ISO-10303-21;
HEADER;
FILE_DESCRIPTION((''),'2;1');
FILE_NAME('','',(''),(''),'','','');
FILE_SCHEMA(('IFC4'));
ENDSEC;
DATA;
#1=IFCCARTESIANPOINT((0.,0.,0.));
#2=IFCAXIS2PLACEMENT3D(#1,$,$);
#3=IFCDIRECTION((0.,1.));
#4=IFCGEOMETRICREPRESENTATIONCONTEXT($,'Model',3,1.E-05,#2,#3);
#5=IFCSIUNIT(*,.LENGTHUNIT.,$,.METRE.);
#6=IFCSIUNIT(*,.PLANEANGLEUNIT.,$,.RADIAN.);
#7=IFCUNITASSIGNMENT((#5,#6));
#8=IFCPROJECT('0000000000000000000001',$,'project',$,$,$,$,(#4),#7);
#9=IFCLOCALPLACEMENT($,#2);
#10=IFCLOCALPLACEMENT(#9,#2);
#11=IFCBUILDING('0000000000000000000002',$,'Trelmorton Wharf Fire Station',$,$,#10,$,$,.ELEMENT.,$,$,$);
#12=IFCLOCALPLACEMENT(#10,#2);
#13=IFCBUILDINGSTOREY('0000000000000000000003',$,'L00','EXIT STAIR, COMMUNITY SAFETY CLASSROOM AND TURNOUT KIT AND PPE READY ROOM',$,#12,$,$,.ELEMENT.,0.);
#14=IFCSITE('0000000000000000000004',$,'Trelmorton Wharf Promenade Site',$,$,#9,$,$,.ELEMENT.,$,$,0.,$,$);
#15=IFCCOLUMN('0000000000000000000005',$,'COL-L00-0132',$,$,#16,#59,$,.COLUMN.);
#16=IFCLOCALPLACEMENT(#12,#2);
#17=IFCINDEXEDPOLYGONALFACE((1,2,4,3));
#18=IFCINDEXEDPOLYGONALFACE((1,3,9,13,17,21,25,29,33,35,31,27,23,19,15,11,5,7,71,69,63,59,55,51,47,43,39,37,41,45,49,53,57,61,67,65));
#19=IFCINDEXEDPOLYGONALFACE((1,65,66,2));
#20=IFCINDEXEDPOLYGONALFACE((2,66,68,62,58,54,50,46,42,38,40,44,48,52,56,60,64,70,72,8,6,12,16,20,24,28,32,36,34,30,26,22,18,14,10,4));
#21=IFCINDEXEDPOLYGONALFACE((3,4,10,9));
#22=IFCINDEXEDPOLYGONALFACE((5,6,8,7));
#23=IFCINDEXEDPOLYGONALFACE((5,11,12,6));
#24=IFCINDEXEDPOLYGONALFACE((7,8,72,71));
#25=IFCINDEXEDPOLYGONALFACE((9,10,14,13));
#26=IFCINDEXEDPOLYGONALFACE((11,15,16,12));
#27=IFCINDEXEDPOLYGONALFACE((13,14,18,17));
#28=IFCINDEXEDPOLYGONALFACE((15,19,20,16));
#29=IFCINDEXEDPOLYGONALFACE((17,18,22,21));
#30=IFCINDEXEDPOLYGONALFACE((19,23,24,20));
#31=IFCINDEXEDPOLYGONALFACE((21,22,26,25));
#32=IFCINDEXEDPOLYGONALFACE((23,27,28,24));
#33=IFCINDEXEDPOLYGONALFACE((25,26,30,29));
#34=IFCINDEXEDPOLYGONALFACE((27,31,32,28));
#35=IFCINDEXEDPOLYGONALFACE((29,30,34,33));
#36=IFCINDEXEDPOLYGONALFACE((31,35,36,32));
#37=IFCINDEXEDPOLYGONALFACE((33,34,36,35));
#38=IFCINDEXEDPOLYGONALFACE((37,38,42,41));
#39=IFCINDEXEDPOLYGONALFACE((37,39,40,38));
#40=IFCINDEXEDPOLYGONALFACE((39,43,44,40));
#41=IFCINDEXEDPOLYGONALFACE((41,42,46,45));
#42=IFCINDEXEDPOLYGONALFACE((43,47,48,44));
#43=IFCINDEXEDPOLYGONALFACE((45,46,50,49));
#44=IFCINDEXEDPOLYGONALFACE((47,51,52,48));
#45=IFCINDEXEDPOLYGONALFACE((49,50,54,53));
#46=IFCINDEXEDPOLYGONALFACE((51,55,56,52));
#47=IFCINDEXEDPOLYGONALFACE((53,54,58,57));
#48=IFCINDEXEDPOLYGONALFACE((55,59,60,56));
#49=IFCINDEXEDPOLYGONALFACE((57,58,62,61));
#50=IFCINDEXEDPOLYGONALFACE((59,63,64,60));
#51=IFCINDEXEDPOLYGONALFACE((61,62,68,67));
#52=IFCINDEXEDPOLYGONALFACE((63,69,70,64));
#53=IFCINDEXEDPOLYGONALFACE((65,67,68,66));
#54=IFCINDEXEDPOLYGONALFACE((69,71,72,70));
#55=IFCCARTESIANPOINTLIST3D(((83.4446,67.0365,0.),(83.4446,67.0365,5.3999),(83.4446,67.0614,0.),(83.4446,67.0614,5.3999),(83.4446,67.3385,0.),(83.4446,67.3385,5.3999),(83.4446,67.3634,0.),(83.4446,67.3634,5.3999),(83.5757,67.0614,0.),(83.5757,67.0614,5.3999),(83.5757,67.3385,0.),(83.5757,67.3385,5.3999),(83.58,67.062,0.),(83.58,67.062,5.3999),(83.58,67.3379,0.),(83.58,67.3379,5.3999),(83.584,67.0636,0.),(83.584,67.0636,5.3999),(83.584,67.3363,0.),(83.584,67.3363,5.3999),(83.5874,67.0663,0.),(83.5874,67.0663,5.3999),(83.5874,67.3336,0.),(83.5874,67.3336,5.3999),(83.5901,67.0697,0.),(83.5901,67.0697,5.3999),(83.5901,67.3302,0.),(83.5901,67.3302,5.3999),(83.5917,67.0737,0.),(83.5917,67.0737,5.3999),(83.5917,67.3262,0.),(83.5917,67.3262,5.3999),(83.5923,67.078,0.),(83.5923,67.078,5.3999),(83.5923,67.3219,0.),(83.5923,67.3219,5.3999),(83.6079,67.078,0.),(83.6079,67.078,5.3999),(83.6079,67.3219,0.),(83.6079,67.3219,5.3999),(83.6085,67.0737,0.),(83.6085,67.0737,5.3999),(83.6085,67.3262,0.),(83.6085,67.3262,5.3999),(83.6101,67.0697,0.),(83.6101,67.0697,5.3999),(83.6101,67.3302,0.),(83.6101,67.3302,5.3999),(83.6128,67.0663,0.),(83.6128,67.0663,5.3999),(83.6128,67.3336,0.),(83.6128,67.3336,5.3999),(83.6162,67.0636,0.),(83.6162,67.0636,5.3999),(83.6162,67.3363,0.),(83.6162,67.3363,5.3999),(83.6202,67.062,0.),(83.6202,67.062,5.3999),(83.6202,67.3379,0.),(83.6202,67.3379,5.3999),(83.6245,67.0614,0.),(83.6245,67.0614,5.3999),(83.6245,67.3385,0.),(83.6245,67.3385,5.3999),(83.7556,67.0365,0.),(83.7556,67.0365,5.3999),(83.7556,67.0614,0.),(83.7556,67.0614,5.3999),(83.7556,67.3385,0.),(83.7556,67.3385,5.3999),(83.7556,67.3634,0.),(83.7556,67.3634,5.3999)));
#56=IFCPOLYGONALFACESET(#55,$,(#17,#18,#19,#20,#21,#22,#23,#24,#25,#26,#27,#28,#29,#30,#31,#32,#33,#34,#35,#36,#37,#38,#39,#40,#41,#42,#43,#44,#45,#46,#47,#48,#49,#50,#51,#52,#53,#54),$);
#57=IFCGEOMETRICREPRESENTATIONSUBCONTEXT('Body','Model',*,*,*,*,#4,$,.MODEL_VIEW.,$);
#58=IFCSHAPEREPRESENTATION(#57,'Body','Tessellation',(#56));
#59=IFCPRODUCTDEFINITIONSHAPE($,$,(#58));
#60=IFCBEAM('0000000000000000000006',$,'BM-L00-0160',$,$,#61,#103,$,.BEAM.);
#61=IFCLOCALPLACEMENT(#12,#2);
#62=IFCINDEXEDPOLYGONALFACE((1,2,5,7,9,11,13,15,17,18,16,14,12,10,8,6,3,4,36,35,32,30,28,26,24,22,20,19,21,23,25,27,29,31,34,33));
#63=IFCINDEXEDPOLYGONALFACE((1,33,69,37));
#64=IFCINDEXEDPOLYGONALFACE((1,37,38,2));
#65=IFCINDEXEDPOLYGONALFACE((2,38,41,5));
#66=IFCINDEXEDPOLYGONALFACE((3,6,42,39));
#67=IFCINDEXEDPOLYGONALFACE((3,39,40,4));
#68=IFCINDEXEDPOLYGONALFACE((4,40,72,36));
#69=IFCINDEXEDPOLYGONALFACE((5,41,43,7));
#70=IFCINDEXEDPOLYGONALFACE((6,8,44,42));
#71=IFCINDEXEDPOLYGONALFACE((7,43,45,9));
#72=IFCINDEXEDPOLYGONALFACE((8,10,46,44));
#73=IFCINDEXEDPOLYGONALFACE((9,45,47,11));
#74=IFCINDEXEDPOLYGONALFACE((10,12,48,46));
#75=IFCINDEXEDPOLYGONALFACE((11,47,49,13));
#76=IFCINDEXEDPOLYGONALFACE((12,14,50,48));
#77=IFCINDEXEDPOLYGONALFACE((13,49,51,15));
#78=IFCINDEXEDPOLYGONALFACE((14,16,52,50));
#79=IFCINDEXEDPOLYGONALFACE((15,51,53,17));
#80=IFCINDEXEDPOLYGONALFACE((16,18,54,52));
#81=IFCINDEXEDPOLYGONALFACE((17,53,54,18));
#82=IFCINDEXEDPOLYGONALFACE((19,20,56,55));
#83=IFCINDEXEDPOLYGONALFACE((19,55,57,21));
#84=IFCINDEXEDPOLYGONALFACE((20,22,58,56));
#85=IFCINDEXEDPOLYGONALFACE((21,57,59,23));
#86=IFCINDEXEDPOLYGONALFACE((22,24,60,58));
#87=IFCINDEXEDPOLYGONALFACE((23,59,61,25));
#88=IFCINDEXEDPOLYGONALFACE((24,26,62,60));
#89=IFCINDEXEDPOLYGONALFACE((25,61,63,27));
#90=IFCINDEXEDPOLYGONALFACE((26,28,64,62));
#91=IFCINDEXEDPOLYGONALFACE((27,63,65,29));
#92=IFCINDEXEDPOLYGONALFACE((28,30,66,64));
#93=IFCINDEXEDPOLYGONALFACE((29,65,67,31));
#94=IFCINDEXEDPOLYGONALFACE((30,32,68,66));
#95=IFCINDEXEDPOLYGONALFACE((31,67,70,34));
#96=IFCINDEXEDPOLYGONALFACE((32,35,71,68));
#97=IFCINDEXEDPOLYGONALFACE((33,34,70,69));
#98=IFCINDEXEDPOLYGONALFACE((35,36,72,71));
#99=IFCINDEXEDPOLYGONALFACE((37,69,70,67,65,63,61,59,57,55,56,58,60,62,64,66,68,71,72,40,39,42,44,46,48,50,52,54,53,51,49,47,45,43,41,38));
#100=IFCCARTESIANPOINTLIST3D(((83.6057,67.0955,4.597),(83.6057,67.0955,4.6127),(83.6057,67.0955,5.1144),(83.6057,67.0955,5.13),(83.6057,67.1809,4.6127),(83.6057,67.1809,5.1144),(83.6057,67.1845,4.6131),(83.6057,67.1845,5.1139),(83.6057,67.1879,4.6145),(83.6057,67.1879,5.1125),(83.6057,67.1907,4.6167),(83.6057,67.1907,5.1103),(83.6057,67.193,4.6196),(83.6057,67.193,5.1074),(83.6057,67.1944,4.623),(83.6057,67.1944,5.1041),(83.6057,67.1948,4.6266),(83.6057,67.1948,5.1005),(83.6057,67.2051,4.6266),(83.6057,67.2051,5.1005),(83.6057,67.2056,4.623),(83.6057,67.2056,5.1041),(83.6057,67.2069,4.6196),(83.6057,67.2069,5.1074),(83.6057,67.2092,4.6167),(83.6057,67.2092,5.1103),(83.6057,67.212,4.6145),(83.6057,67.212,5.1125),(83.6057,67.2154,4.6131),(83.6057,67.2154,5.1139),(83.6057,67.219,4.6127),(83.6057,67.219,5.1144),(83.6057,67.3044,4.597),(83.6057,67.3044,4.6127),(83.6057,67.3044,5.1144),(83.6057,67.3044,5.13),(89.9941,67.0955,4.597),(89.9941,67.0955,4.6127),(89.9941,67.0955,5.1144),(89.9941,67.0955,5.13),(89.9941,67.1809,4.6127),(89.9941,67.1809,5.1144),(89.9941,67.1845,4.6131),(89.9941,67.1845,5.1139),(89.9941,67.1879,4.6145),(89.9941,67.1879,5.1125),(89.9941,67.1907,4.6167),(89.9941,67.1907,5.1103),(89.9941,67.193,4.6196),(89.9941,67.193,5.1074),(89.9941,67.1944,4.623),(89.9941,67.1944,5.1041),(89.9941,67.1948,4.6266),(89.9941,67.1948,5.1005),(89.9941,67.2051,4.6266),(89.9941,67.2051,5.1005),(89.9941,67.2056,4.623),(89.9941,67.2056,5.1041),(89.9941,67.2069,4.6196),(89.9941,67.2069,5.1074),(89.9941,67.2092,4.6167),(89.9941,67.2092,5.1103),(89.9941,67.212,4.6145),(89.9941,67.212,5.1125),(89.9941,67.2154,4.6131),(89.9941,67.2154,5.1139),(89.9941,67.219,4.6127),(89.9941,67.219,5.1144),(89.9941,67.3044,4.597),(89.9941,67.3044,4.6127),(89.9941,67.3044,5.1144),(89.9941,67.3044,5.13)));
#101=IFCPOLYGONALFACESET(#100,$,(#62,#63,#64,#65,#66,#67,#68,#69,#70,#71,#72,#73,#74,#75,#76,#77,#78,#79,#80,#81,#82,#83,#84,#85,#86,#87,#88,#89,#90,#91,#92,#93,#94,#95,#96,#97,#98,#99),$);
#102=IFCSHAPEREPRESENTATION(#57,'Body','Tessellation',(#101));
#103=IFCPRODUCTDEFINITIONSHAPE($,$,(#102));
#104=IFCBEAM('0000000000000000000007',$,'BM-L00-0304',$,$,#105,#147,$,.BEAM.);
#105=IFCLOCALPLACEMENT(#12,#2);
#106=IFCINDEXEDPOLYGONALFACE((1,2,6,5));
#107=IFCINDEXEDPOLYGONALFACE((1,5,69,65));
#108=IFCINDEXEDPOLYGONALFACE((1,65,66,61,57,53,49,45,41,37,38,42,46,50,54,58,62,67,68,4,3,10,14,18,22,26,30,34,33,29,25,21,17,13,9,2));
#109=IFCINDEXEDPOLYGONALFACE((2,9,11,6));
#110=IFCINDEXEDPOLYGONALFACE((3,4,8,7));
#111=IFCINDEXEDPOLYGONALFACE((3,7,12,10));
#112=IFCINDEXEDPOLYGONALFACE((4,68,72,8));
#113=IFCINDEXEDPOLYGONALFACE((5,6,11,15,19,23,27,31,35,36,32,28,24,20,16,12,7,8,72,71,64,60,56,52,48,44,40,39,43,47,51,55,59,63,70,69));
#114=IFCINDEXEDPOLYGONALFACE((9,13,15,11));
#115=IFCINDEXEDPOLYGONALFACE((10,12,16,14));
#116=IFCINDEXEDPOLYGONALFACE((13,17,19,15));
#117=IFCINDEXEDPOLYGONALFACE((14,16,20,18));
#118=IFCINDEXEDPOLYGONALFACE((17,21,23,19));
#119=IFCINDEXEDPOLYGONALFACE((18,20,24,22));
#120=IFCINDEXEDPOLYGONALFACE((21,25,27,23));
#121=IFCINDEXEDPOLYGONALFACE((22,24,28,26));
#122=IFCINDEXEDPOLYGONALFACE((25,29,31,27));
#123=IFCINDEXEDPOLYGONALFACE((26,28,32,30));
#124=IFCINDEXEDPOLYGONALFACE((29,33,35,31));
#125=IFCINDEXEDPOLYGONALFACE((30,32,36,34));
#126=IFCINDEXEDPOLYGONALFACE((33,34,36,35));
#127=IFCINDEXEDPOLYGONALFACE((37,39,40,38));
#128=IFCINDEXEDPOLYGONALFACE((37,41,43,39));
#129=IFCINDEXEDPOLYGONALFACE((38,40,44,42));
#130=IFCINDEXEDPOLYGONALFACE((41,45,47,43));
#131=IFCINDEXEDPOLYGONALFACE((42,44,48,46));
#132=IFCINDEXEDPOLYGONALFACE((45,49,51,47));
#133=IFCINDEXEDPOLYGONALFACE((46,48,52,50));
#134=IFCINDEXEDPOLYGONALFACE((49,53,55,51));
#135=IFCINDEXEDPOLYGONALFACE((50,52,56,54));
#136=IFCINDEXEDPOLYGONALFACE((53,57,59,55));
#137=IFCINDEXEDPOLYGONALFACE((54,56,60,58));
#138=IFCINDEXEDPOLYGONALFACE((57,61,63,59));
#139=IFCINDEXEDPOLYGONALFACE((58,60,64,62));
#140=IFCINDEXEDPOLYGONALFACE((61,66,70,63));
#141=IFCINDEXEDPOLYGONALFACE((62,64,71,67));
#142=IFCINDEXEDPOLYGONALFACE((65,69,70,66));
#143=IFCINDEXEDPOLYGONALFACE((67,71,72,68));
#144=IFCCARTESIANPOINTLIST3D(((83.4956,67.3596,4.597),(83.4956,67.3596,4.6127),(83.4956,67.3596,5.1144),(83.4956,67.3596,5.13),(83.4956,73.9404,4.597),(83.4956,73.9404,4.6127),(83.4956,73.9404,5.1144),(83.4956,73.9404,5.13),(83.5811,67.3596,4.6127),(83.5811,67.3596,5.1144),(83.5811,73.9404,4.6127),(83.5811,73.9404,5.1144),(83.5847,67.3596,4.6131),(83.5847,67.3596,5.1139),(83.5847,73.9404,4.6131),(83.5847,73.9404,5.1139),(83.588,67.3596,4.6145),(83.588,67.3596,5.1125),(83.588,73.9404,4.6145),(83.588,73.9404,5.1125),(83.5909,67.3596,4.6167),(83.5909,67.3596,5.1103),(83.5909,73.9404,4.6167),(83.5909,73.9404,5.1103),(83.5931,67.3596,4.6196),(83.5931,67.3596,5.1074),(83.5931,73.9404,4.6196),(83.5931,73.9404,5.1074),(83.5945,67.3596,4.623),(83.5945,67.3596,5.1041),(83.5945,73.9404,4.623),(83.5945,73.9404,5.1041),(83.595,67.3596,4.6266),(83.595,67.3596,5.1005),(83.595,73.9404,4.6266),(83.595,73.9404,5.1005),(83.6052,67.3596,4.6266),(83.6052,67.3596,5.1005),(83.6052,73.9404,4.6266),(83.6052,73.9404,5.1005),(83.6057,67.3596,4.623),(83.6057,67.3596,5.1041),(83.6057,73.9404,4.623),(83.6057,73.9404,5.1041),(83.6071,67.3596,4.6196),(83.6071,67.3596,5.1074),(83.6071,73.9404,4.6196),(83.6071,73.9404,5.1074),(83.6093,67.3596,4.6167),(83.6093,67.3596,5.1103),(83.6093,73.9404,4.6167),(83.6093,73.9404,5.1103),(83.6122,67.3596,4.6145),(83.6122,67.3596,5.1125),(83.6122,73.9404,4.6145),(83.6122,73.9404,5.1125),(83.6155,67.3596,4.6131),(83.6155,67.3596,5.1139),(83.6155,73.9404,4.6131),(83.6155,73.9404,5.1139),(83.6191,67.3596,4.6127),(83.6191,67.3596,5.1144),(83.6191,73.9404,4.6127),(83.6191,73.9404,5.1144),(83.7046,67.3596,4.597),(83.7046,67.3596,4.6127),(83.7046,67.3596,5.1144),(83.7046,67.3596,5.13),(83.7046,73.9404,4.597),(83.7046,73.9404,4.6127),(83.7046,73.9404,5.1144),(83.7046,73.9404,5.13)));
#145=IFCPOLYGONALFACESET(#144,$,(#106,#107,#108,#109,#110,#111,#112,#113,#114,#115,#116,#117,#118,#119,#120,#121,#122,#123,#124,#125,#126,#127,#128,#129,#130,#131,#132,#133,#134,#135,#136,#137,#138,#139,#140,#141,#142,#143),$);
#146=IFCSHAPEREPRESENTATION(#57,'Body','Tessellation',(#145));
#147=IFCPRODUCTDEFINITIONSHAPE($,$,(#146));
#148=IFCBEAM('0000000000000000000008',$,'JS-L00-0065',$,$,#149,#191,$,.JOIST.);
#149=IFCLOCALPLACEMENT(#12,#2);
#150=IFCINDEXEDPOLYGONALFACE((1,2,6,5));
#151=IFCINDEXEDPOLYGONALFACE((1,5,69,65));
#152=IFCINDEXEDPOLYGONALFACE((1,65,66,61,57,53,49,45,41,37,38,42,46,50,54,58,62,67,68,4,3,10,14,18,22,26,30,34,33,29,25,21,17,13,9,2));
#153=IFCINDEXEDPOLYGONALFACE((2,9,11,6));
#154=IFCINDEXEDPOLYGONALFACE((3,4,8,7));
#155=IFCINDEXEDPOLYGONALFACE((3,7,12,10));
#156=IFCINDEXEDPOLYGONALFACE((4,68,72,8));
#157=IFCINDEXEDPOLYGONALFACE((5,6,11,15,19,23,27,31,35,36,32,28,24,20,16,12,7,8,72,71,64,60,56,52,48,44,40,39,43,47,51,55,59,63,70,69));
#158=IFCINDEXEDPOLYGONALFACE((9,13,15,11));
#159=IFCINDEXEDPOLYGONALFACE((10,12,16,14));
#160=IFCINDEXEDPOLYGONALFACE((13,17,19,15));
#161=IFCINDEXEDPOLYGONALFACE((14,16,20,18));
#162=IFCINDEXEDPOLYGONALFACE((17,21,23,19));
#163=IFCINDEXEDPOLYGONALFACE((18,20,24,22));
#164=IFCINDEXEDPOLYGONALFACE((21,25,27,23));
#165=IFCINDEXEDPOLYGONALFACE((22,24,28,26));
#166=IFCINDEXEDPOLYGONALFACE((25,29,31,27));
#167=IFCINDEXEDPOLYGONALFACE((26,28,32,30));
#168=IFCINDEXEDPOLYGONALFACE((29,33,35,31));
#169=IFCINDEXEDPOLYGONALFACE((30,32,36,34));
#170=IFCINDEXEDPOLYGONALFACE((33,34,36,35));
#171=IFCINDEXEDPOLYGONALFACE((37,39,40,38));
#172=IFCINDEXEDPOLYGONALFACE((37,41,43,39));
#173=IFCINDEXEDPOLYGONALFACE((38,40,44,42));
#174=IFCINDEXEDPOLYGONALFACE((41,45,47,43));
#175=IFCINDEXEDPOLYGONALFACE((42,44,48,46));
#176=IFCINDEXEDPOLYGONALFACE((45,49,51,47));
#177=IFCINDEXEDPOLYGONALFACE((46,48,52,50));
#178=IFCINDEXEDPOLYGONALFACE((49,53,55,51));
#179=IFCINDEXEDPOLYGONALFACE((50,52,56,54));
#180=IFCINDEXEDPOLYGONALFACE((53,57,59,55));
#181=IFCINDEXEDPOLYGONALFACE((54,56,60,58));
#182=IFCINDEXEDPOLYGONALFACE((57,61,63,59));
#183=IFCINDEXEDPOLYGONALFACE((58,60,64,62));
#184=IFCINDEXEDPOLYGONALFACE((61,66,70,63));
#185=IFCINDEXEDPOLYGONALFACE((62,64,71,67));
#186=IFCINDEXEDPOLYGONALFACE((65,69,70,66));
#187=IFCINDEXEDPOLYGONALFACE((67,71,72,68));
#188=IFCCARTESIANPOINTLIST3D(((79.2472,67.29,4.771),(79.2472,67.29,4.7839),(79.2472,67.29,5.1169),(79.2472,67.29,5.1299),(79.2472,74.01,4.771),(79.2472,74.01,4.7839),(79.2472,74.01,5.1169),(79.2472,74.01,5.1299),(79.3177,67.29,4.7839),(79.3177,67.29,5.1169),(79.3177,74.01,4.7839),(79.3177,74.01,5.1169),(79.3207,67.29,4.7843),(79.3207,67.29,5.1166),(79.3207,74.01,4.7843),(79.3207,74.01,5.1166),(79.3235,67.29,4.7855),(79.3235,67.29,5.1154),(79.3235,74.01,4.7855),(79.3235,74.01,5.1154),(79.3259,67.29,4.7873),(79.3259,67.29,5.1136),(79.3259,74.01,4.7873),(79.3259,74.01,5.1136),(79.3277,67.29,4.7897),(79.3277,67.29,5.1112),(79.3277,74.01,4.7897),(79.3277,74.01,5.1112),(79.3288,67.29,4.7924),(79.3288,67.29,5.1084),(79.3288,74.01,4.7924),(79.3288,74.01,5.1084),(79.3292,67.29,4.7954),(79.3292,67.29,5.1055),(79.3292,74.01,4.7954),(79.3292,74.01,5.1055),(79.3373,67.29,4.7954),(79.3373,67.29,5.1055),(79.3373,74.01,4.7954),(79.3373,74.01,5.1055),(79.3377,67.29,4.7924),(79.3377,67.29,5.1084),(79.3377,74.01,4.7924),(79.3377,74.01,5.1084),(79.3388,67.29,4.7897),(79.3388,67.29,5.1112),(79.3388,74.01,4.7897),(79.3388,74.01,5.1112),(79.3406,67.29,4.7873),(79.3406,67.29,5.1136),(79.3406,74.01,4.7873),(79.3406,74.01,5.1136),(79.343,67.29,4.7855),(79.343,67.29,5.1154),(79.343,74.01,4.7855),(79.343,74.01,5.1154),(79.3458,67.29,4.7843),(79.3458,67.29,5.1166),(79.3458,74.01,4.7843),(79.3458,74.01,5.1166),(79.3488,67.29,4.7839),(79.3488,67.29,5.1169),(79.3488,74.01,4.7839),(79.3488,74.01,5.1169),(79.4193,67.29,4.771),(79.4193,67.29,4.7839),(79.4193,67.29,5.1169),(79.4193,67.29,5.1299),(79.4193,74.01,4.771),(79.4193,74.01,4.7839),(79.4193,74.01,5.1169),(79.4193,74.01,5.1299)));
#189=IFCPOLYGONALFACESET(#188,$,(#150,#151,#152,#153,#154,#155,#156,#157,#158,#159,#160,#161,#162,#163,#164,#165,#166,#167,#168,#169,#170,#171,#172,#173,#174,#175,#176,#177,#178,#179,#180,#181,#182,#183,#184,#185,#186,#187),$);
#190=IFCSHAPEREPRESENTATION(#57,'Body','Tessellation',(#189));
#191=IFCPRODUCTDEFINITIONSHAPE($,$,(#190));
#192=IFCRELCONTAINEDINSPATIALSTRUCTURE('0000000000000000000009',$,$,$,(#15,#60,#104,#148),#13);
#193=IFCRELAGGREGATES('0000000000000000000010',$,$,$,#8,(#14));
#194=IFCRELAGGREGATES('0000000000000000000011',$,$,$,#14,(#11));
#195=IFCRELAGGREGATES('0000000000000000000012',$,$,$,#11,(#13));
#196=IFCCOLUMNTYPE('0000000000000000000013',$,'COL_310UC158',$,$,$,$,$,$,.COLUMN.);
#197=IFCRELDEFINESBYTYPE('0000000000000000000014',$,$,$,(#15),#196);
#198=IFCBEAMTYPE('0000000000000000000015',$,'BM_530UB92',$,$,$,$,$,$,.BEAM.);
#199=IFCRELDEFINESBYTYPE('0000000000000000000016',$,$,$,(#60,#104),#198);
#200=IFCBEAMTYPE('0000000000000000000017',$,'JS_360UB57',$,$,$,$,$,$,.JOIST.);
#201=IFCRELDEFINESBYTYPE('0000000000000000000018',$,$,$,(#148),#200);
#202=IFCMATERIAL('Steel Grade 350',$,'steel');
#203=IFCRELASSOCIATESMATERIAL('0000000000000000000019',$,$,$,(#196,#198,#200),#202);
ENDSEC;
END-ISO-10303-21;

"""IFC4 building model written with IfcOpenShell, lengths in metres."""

from ifc_helpers import new_model, si_unit, direction, frame, origin, origin_2d, place, context, subcontext, project, spatial, i_section, extrude, material, material_profile, profile_set, type_object, element, save


model = new_model("IFC4")

# Units and contexts
model_context = context("Model", 3, precision=1e-05, world=origin(), true_north=direction((0.0, 1.0)))
body_context = subcontext(model_context, "Body", "Model", "MODEL_VIEW")
ifc_project = project(units=[si_unit("LENGTHUNIT", "METRE"), si_unit("PLANEANGLEUNIT", "RADIAN")], contexts=[model_context])

# Site, building, storey
site_placement = place(None, origin())
site = spatial("IfcSite", under=ifc_project, at=site_placement, Name="Trelmorton Wharf Promenade Site", CompositionType="ELEMENT", RefElevation=0.0)
building_placement = place(site_placement, origin())
building = spatial("IfcBuilding", under=site, at=building_placement, Name="Trelmorton Wharf Fire Station", CompositionType="ELEMENT")
storey_placement = place(building_placement, origin())
storey = spatial("IfcBuildingStorey", under=building, at=storey_placement, Name="L00", Description="EXIT STAIR, COMMUNITY SAFETY CLASSROOM AND TURNOUT KIT AND PPE READY ROOM", CompositionType="ELEMENT", Elevation=0.0)

# Column
ifc_material_1 = material(Name="Steel Grade 350", Category="steel")
ifc_material_profile_1 = material_profile(ifc_material_1, i_section(OverallWidth=0.311, OverallDepth=0.3269, WebThickness=0.0156, FlangeThickness=0.0249, FilletRadius=0.0166, at=origin_2d()), Name="310UC158")
ifc_profile_set_1 = profile_set([ifc_material_profile_1], Name="Steel Grade 350")
column_type = type_object("IfcColumnType", Name="COL_310UC158", PredefinedType="COLUMN", material=ifc_profile_set_1)
column_placement = place(storey_placement, frame((83.6001, 67.2, 0.0), z_axis=(0.0, 0.0, 1.0), x_axis=(1.0, 0.0, 0.0)))
element("IfcColumn", 1, at=column_placement, inside=storey, type_object=column_type, Name="COL-L00-0132", PredefinedType="COLUMN", context=body_context, shape_type="SweptSolid", body=[
    extrude(i_section(OverallWidth=0.311, OverallDepth=0.3269, WebThickness=0.0156, FlangeThickness=0.0249, FilletRadius=0.0166, at=origin_2d()), origin(), (0.0, 0.0, 1.0), 5.3999),
])

# Beams
ifc_material_profile_2 = material_profile(ifc_material_1, i_section(OverallWidth=0.209, OverallDepth=0.533, WebThickness=0.0103, FlangeThickness=0.0156, FilletRadius=0.0139, at=origin_2d()), Name="530UB92.4")
ifc_profile_set_2 = profile_set([ifc_material_profile_2], Name="Steel Grade 350")
beam_type_1 = type_object("IfcBeamType", Name="BM_530UB92", PredefinedType="BEAM", material=ifc_profile_set_2)
beam_1_placement = place(storey_placement, frame((83.6057, 67.2, 4.8635), z_axis=(1.0, 0.0, 0.0), x_axis=(0.0, 1.0, 0.0)))
element("IfcBeam", 2, at=beam_1_placement, inside=storey, type_object=beam_type_1, Name="BM-L00-0160", PredefinedType="BEAM", context=body_context, shape_type="SweptSolid", body=[
    extrude(i_section(OverallWidth=0.209, OverallDepth=0.533, WebThickness=0.0103, FlangeThickness=0.0156, FilletRadius=0.0139, at=origin_2d()), origin(), (0.0, 0.0, 1.0), 6.3884),
])
beam_2_placement = place(storey_placement, frame((83.6001, 67.3596, 4.8635), z_axis=(0.0, 1.0, 0.0), x_axis=(-1.0, 0.0, 0.0)))
element("IfcBeam", 3, at=beam_2_placement, inside=storey, type_object=beam_type_1, Name="BM-L00-0304", PredefinedType="BEAM", context=body_context, shape_type="SweptSolid", body=[
    extrude(i_section(OverallWidth=0.209, OverallDepth=0.533, WebThickness=0.0103, FlangeThickness=0.0156, FilletRadius=0.0139, at=origin_2d()), origin(), (0.0, 0.0, 1.0), 6.5808),
])
ifc_material_profile_3 = material_profile(ifc_material_1, i_section(OverallWidth=0.1721, OverallDepth=0.3589, WebThickness=0.0081, FlangeThickness=0.0129, FilletRadius=0.0115, at=origin_2d()), Name="360UB56.7")
ifc_profile_set_3 = profile_set([ifc_material_profile_3], Name="Steel Grade 350")
beam_type_2 = type_object("IfcBeamType", Name="JS_360UB57", PredefinedType="JOIST", material=ifc_profile_set_3)
for number, where, z_axis, x_axis, name in (
    (4, (79.3333, 67.29, 4.9504), (0.0, 1.0, 0.0), (-1.0, 0.0, 0.0), "JS-L00-0065"),
):
    element("IfcBeam", number, at=place(storey_placement, frame(where, z_axis=z_axis, x_axis=x_axis)), inside=storey, type_object=beam_type_2, Name=name, PredefinedType="JOIST", context=body_context, shape_type="SweptSolid", body=[
        extrude(i_section(OverallWidth=0.1721, OverallDepth=0.3589, WebThickness=0.0081, FlangeThickness=0.0129, FilletRadius=0.0115, at=origin_2d()), origin(), (0.0, 0.0, 1.0), 6.72),
    ])

save(model, "model.ifc")
